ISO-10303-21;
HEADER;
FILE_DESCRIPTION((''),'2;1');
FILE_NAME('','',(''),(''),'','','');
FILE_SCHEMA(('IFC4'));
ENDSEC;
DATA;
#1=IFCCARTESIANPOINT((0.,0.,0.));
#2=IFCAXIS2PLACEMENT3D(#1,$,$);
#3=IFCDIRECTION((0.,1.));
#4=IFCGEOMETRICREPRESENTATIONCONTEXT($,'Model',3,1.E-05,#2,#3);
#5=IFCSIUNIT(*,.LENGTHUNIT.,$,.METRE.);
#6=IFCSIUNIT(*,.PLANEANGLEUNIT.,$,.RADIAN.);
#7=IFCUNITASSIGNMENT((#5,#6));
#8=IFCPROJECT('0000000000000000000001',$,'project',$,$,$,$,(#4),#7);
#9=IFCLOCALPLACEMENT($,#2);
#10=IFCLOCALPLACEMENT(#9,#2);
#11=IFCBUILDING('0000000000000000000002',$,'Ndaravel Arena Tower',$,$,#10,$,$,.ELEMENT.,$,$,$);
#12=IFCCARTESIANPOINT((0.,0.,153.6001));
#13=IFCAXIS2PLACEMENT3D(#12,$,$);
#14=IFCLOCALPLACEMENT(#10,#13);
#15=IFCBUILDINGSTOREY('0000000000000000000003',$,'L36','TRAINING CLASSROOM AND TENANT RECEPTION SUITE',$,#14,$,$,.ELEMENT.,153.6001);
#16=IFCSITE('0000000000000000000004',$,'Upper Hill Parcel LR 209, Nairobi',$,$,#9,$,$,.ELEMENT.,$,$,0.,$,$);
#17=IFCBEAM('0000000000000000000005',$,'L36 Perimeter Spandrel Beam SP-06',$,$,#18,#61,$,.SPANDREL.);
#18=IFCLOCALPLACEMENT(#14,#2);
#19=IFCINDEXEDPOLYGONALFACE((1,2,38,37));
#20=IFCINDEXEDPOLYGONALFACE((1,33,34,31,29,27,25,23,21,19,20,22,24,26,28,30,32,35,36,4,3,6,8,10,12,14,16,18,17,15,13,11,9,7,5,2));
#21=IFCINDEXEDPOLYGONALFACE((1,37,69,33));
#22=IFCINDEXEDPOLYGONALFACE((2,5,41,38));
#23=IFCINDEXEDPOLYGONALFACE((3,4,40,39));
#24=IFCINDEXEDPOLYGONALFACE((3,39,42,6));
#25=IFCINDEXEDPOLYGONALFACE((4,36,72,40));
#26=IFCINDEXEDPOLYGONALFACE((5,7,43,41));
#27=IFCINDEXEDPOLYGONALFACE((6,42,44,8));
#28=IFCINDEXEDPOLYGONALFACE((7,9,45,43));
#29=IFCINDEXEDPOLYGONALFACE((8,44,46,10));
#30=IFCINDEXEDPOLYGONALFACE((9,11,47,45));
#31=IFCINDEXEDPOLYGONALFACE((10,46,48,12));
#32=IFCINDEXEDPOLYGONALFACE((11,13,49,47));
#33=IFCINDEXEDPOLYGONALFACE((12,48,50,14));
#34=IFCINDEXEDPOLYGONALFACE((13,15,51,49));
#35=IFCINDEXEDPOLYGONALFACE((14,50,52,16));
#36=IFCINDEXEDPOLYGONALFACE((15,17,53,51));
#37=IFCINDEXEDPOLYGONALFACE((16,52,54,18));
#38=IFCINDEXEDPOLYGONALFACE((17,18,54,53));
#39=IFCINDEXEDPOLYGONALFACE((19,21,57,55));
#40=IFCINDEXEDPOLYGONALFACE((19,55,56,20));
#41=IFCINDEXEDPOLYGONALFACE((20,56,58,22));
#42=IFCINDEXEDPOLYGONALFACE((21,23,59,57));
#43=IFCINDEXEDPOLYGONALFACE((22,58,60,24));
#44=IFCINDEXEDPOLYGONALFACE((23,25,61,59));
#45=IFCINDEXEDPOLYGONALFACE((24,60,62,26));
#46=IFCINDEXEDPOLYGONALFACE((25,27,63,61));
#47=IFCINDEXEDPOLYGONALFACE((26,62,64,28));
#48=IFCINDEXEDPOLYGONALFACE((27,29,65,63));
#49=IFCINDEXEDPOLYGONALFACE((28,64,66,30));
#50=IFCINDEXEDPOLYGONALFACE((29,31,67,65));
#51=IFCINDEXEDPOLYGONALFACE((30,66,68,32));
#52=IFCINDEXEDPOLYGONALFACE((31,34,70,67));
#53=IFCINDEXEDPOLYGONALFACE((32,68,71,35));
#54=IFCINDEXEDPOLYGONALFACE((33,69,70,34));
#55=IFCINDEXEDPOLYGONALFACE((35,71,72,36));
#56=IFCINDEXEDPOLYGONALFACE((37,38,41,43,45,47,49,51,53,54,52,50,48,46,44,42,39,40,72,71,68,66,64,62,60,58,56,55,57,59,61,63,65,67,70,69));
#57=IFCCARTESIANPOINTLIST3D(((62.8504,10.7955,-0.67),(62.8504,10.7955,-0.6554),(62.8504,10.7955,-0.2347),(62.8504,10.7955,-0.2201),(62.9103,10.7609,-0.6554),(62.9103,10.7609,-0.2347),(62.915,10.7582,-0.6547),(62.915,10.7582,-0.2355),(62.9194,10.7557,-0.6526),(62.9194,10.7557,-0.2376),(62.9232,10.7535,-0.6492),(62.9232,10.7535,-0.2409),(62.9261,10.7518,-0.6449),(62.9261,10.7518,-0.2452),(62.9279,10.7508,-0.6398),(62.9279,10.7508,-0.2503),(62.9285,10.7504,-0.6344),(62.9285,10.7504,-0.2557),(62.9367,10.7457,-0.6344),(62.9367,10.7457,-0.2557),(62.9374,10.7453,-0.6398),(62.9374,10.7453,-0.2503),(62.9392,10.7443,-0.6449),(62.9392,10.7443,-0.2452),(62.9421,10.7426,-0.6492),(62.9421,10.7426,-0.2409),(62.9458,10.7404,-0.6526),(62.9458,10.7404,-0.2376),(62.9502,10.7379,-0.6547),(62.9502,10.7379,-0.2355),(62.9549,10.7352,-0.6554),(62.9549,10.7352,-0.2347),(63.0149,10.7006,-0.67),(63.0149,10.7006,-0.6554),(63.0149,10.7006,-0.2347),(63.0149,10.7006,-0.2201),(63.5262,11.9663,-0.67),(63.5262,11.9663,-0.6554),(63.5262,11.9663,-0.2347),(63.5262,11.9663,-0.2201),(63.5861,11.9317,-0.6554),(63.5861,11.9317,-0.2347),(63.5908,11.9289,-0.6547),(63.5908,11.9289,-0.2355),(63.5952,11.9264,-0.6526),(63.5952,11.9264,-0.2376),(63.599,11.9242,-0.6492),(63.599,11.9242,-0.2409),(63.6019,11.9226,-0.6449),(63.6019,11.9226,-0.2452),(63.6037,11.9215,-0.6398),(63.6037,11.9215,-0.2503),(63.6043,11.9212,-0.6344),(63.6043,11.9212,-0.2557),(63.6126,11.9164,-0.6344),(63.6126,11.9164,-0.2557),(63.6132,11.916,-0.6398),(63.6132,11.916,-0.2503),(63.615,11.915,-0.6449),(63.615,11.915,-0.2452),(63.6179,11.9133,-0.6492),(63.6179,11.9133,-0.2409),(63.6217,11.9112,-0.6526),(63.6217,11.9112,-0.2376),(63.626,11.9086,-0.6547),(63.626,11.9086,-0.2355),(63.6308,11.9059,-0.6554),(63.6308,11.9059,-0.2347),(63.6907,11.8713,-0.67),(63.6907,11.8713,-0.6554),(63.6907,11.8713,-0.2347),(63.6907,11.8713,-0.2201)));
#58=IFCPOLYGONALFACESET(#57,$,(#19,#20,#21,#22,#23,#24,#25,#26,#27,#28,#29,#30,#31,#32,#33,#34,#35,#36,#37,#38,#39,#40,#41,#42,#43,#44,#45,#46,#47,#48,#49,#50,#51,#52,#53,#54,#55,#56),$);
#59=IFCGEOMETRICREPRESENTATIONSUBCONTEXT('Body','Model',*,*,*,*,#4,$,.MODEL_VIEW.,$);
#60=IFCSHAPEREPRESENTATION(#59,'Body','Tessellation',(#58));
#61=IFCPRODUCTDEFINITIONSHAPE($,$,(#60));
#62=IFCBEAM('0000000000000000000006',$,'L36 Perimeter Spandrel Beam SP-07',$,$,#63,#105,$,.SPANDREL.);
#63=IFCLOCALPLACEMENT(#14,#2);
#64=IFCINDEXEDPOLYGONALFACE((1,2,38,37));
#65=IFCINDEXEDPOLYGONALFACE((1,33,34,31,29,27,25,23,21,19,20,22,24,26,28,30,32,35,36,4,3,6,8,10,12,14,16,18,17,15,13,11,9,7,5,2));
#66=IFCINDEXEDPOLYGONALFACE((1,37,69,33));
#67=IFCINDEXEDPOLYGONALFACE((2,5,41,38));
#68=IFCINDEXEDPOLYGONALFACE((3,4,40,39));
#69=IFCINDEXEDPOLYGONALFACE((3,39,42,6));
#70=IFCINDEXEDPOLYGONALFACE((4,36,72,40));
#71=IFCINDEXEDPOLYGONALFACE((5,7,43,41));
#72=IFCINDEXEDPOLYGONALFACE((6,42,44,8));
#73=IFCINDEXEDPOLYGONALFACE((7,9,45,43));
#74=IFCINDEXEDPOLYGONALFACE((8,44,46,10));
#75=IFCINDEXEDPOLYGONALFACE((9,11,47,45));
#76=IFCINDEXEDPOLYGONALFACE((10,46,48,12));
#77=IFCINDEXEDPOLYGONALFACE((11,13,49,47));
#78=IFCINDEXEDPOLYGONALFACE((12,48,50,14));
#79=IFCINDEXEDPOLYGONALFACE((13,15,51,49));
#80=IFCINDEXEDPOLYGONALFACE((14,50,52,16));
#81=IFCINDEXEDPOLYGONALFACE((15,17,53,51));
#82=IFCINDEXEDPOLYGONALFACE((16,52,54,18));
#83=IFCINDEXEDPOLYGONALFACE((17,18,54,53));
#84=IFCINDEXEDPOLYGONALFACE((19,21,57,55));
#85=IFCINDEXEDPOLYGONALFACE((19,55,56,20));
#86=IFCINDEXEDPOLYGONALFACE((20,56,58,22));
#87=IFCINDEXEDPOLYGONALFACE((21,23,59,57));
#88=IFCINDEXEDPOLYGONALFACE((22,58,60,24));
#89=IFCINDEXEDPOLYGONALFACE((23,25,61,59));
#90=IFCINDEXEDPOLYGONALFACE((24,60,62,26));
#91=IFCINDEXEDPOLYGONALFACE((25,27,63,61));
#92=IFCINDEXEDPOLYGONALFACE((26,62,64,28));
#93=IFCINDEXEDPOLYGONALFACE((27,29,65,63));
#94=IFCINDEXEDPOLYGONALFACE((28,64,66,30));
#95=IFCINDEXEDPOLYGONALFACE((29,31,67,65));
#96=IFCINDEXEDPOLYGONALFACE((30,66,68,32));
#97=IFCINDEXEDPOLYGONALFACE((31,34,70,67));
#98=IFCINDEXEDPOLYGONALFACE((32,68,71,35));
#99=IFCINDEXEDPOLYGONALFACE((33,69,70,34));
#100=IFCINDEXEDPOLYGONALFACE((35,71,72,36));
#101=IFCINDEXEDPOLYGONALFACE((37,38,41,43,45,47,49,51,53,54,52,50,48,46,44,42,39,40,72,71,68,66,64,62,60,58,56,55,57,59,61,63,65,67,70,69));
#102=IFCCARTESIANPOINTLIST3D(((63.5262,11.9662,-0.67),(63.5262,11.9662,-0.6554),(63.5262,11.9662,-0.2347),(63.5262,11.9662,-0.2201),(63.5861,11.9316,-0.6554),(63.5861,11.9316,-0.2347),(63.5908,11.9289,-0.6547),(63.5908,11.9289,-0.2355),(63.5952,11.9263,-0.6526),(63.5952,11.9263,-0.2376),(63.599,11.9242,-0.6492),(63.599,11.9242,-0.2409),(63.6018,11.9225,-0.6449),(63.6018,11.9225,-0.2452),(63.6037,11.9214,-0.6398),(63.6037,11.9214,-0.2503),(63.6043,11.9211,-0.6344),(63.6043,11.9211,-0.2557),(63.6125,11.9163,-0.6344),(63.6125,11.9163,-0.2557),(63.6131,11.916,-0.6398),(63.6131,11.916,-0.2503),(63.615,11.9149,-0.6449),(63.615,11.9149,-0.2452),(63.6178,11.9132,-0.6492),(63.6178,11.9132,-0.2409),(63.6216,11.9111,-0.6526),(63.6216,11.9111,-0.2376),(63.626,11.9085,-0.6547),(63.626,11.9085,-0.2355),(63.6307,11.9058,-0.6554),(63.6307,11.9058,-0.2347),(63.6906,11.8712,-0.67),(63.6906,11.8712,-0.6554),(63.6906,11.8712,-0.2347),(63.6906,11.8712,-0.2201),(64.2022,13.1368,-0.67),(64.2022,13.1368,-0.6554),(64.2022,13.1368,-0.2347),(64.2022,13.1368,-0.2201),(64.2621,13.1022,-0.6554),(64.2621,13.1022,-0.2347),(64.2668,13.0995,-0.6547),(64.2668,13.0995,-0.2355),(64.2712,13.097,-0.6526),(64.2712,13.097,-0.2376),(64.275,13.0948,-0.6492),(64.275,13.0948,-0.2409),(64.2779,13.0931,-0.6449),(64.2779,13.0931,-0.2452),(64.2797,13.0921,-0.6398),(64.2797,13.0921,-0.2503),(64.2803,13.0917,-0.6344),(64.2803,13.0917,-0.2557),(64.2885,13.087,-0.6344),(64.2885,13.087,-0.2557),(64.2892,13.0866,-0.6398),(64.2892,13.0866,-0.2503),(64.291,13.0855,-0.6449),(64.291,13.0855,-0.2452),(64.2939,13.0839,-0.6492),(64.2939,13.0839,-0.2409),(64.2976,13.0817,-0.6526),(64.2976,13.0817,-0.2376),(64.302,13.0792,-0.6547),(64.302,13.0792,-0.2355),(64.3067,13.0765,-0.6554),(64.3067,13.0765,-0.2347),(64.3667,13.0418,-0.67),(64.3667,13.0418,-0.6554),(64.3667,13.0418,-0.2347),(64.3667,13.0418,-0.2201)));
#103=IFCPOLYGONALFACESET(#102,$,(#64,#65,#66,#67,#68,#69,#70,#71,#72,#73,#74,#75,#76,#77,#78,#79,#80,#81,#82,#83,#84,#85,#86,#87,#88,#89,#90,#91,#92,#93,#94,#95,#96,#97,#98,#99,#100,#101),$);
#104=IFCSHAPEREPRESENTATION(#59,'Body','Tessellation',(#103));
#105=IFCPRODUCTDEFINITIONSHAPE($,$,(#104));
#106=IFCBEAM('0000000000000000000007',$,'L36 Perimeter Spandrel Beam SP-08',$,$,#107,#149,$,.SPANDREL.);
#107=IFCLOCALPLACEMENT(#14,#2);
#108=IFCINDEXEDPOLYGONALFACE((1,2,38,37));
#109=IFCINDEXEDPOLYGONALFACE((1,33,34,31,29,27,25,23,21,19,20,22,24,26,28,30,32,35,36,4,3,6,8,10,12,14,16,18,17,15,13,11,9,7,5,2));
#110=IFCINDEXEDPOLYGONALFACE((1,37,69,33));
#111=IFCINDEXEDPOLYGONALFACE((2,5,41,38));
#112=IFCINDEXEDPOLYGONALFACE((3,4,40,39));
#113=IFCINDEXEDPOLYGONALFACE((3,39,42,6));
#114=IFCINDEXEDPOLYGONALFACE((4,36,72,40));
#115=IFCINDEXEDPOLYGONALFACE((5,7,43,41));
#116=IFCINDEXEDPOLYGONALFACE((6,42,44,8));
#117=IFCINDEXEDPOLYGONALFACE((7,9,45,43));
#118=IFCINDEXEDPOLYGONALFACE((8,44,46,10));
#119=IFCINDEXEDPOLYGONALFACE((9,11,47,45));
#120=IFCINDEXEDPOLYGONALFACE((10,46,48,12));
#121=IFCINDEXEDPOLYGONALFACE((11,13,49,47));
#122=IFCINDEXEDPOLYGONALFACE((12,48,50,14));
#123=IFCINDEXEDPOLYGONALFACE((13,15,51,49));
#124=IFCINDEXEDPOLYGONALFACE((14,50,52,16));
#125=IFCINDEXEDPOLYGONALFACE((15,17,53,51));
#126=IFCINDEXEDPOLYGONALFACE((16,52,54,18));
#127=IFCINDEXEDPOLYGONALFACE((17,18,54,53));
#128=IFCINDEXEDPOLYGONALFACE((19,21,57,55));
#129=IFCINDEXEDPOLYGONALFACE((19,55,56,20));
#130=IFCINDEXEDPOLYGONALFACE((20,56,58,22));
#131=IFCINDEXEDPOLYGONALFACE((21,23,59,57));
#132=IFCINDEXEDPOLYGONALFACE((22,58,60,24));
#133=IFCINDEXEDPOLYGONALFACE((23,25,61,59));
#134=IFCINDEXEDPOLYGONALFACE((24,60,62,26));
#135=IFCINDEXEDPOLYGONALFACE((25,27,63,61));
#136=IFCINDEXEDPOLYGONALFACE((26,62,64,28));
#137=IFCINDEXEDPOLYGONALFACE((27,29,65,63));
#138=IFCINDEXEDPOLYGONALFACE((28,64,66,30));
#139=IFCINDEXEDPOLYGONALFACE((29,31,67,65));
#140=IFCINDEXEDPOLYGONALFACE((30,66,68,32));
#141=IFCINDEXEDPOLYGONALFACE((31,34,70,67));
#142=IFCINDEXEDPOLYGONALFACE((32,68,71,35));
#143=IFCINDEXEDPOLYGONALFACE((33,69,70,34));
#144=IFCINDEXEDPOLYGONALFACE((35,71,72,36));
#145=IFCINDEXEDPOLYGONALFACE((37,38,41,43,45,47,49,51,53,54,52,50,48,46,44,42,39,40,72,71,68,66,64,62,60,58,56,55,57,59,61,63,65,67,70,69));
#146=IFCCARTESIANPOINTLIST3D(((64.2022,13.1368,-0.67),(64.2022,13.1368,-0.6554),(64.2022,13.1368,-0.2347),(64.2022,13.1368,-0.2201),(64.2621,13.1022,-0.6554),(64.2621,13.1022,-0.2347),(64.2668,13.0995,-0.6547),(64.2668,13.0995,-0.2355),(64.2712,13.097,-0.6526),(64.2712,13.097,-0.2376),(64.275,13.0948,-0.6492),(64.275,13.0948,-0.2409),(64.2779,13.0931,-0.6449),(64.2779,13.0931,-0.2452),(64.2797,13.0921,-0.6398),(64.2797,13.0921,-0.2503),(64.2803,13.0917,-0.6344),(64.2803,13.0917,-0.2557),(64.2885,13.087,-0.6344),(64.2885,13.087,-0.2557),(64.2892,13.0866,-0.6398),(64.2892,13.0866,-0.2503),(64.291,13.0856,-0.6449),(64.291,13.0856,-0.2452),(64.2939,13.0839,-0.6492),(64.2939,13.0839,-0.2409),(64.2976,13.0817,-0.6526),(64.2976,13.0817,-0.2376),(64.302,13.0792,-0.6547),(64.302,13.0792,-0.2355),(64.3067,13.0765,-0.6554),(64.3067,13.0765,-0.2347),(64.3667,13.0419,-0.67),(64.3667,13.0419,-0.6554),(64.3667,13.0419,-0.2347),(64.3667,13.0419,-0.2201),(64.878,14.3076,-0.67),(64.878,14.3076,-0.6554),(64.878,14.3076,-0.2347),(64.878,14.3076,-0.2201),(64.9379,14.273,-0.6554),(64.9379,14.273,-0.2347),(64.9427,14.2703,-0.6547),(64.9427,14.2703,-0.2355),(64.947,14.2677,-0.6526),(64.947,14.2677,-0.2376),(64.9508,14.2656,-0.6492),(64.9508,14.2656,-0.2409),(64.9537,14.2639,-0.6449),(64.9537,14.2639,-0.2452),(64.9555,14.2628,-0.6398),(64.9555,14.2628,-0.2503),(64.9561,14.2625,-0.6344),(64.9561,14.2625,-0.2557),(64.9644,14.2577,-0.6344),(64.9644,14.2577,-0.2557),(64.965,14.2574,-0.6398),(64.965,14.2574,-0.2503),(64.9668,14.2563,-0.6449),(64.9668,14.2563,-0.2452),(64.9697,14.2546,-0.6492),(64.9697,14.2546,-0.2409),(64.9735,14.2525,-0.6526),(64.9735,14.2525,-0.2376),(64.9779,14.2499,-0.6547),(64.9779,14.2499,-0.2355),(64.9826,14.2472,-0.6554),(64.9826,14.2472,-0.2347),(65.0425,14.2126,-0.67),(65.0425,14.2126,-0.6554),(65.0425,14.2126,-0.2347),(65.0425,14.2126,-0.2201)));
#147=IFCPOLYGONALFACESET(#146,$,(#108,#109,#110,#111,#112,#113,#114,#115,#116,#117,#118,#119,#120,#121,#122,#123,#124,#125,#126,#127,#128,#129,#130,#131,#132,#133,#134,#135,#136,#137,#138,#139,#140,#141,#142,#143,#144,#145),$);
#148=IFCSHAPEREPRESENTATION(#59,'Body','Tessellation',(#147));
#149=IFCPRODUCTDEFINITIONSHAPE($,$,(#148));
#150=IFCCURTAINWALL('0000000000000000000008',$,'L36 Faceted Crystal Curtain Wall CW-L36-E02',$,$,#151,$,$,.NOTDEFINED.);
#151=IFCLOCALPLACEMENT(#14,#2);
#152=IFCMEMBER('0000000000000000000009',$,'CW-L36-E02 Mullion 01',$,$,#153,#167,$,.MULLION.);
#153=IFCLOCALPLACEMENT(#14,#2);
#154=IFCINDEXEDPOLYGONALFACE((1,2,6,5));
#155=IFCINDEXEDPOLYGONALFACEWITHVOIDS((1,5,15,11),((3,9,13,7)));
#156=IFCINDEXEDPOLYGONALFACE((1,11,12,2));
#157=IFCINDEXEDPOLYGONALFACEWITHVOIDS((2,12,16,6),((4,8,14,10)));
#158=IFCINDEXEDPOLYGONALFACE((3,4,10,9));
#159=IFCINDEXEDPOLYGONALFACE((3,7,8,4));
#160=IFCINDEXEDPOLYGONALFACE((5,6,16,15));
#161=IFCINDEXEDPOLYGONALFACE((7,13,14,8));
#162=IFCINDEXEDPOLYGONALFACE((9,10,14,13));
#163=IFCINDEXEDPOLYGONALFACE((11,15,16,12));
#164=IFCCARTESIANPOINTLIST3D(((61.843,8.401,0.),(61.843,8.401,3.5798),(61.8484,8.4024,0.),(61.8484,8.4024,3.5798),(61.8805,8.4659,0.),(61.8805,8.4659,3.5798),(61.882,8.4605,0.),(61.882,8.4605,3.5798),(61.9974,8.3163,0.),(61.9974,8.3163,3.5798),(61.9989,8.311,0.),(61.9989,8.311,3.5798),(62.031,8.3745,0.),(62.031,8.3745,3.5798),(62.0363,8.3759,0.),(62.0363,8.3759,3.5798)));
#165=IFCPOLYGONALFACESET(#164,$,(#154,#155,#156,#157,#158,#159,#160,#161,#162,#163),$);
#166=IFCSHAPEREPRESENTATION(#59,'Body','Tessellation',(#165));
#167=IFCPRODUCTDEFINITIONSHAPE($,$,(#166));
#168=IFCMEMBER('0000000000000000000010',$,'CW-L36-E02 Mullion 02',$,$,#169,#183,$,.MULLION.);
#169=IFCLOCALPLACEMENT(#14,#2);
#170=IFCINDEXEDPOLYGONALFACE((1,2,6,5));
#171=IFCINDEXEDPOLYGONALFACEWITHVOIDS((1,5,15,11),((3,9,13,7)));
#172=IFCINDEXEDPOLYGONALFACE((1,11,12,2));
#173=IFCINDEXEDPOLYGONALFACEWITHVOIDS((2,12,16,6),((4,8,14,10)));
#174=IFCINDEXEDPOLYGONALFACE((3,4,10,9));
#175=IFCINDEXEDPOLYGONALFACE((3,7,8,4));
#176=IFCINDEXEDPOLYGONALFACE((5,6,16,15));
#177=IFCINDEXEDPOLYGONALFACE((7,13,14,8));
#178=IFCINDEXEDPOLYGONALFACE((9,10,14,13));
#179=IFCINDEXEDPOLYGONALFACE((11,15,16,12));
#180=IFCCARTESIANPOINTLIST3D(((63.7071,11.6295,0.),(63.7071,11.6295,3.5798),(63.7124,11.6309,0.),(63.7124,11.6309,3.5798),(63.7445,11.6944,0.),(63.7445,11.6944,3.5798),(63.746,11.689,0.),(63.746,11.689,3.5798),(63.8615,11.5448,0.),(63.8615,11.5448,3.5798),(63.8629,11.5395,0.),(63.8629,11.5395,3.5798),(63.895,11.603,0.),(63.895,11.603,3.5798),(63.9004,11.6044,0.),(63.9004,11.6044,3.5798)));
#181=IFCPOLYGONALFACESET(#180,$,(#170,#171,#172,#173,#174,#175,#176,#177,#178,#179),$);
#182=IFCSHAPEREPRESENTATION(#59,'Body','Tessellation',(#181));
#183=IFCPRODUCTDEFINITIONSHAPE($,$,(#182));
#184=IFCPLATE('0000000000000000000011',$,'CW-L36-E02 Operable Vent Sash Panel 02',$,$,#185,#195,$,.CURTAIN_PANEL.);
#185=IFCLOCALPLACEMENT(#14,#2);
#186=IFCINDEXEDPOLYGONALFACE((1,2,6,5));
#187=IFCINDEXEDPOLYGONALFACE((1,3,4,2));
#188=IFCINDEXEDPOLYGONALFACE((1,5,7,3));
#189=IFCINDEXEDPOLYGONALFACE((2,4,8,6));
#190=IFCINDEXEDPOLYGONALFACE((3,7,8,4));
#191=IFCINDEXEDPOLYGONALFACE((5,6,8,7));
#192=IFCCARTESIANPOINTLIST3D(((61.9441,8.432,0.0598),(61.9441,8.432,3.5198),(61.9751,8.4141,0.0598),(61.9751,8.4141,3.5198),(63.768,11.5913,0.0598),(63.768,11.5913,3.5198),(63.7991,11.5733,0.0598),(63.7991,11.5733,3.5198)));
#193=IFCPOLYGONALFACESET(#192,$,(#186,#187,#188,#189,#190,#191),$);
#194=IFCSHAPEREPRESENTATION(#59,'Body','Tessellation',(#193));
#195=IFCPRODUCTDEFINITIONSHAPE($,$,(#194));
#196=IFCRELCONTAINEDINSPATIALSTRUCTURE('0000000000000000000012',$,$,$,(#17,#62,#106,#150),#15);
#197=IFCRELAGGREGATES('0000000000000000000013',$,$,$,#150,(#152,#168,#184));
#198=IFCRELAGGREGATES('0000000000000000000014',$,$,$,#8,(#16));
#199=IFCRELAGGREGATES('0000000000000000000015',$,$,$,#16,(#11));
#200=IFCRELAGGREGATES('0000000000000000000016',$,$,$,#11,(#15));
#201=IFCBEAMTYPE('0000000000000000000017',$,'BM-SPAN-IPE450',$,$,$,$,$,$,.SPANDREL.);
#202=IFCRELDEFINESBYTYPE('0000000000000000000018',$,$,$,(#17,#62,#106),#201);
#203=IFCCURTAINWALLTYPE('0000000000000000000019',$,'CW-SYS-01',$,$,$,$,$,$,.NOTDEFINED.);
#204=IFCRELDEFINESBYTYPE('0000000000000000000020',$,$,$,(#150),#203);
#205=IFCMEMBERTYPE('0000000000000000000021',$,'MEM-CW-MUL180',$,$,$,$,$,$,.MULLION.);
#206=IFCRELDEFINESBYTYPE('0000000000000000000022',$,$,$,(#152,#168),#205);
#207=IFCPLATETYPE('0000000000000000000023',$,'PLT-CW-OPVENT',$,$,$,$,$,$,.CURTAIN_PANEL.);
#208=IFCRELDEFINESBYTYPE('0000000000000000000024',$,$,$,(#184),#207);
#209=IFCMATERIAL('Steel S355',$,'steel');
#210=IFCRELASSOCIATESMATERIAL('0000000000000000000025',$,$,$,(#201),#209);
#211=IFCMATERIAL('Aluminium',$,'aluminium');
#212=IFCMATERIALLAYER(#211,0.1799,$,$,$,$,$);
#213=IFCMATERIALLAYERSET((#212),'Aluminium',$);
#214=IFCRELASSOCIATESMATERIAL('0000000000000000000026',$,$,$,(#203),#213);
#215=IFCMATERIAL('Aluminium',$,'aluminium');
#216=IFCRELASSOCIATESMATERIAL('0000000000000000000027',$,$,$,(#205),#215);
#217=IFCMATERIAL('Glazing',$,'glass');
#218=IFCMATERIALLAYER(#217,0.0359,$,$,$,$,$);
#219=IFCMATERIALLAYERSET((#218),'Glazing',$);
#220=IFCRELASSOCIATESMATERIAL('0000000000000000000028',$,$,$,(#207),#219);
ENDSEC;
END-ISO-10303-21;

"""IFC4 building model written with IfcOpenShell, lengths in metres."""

from ifc_helpers import new_model, si_unit, direction, frame, origin, origin_2d, place, context, subcontext, project, spatial, rectangle, hollow_rectangle, i_section, extrude, material, layer, layer_set, material_profile, profile_set, type_object, element, aggregate, save


model = new_model("IFC4")

# Units and contexts
model_context = context("Model", 3, precision=1e-05, world=origin(), true_north=direction((0.0, 1.0)))
body_context = subcontext(model_context, "Body", "Model", "MODEL_VIEW")
ifc_project = project(units=[si_unit("LENGTHUNIT", "METRE"), si_unit("PLANEANGLEUNIT", "RADIAN")], contexts=[model_context])

# Site, building, storey
site_placement = place(None, origin())
site = spatial("IfcSite", under=ifc_project, at=site_placement, Name="Upper Hill Parcel LR 209, Nairobi", CompositionType="ELEMENT", RefElevation=0.0)
building_placement = place(site_placement, origin())
building = spatial("IfcBuilding", under=site, at=building_placement, Name="Ndaravel Arena Tower", CompositionType="ELEMENT")
storey_placement = place(building_placement, frame((0.0, 0.0, 153.6001)))
storey = spatial("IfcBuildingStorey", under=building, at=storey_placement, Name="L36", Description="TRAINING CLASSROOM AND TENANT RECEPTION SUITE", CompositionType="ELEMENT", Elevation=153.6001)

# Beams
ifc_material_1 = material(Name="Steel S355", Category="steel")
ifc_material_profile_1 = material_profile(ifc_material_1, i_section(OverallWidth=0.1899, OverallDepth=0.45, WebThickness=0.0095, FlangeThickness=0.0146, FilletRadius=0.021, at=origin_2d()), Name="IPE 450")
ifc_profile_set_1 = profile_set([ifc_material_profile_1], Name="Steel S355")
beam_type = type_object("IfcBeamType", Name="BM-SPAN-IPE450", PredefinedType="SPANDREL", material=ifc_profile_set_1)
for number, where, z_axis, x_axis, name in (
    (1, (62.9326, 10.748, -0.4451), (0.499947, 0.866056, 0.0), (-0.866056, 0.499947, 0.0), "L36 Perimeter Spandrel Beam SP-06"),
    (2, (63.6084, 11.9187, -0.4451), (0.500082, 0.865978, 0.0), (-0.865978, 0.500082, 0.0), "L36 Perimeter Spandrel Beam SP-07"),
    (3, (64.2844, 13.0894, -0.4451), (0.499947, 0.866056, 0.0), (-0.866056, 0.499947, 0.0), "L36 Perimeter Spandrel Beam SP-08"),
):
    element("IfcBeam", number, at=place(storey_placement, frame(where, z_axis=z_axis, x_axis=x_axis)), inside=storey, type_object=beam_type, Name=name, PredefinedType="SPANDREL", context=body_context, shape_type="SweptSolid", body=[
        extrude(i_section(OverallWidth=0.1899, OverallDepth=0.45, WebThickness=0.0095, FlangeThickness=0.0146, FilletRadius=0.021, at=origin_2d()), origin(), (0.0, 0.0, 1.0), 1.3518),
    ])

# Curtain wall, members, plate
ifc_material_2 = material(Name="Aluminium", Category="aluminium")
ifc_layer_1 = layer(ifc_material_2, 0.1799)
ifc_layer_set_1 = layer_set([ifc_layer_1], Name="Aluminium")
curtain_wall_type = type_object("IfcCurtainWallType", Name="CW-SYS-01", PredefinedType="NOTDEFINED", material=ifc_layer_set_1)
curtain_wall_placement = place(storey_placement, origin())
curtain_wall = element("IfcCurtainWall", 4, at=curtain_wall_placement, inside=storey, type_object=curtain_wall_type, Name="L36 Faceted Crystal Curtain Wall CW-L36-E02", PredefinedType="NOTDEFINED")
ifc_material_3 = material(Name="Aluminium", Category="aluminium")
ifc_material_profile_2 = material_profile(ifc_material_3, hollow_rectangle(XDim=0.075, YDim=0.1799, WallThickness=0.0039, at=origin_2d()), Name="CW MULLION 75x180x4")
ifc_profile_set_2 = profile_set([ifc_material_profile_2], Name="Aluminium")
member_type = type_object("IfcMemberType", Name="MEM-CW-MUL180", PredefinedType="MULLION", material=ifc_profile_set_2)
member_1_placement = place(storey_placement, frame((61.9397, 8.3884, 0.0), z_axis=(0.0, 0.0, 1.0), x_axis=(0.5, 0.866025, 0.0)))
member_1 = element("IfcMember", 5, at=member_1_placement, type_object=member_type, Name="CW-L36-E02 Mullion 01", PredefinedType="MULLION", context=body_context, shape_type="SweptSolid", body=[
    extrude(hollow_rectangle(XDim=0.075, YDim=0.1799, WallThickness=0.0039, at=origin_2d()), origin(), (0.0, 0.0, 1.0), 3.5798),
])
member_2_placement = place(storey_placement, frame((63.8037, 11.6169, 0.0), z_axis=(0.0, 0.0, 1.0), x_axis=(0.5, 0.866025, 0.0)))
member_2 = element("IfcMember", 6, at=member_2_placement, type_object=member_type, Name="CW-L36-E02 Mullion 02", PredefinedType="MULLION", context=body_context, shape_type="SweptSolid", body=[
    extrude(hollow_rectangle(XDim=0.075, YDim=0.1799, WallThickness=0.0039, at=origin_2d()), origin(), (0.0, 0.0, 1.0), 3.5798),
])
ifc_material_4 = material(Name="Glazing", Category="glass")
ifc_layer_2 = layer(ifc_material_4, 0.0359)
ifc_layer_set_2 = layer_set([ifc_layer_2], Name="Glazing")
plate_type_1 = type_object("IfcPlateType", Name="PLT-CW-OPVENT", PredefinedType="CURTAIN_PANEL", material=ifc_layer_set_2)
plate_1_placement = place(storey_placement, frame((62.8716, 10.0027, 0.0598), z_axis=(0.0, 0.0, 1.0), x_axis=(0.5, 0.866025, 0.0)))
plate_1 = element("IfcPlate", 7, at=plate_1_placement, type_object=plate_type_1, Name="CW-L36-E02 Operable Vent Sash Panel 02", PredefinedType="CURTAIN_PANEL", context=body_context, shape_type="SweptSolid", body=[
    extrude(rectangle(XDim=3.6479, YDim=0.0359, at=origin_2d()), origin(), (0.0, 0.0, 1.0), 3.46),
])
aggregate(curtain_wall, [member_1, member_2, plate_1])

save(model, "model.ifc")
